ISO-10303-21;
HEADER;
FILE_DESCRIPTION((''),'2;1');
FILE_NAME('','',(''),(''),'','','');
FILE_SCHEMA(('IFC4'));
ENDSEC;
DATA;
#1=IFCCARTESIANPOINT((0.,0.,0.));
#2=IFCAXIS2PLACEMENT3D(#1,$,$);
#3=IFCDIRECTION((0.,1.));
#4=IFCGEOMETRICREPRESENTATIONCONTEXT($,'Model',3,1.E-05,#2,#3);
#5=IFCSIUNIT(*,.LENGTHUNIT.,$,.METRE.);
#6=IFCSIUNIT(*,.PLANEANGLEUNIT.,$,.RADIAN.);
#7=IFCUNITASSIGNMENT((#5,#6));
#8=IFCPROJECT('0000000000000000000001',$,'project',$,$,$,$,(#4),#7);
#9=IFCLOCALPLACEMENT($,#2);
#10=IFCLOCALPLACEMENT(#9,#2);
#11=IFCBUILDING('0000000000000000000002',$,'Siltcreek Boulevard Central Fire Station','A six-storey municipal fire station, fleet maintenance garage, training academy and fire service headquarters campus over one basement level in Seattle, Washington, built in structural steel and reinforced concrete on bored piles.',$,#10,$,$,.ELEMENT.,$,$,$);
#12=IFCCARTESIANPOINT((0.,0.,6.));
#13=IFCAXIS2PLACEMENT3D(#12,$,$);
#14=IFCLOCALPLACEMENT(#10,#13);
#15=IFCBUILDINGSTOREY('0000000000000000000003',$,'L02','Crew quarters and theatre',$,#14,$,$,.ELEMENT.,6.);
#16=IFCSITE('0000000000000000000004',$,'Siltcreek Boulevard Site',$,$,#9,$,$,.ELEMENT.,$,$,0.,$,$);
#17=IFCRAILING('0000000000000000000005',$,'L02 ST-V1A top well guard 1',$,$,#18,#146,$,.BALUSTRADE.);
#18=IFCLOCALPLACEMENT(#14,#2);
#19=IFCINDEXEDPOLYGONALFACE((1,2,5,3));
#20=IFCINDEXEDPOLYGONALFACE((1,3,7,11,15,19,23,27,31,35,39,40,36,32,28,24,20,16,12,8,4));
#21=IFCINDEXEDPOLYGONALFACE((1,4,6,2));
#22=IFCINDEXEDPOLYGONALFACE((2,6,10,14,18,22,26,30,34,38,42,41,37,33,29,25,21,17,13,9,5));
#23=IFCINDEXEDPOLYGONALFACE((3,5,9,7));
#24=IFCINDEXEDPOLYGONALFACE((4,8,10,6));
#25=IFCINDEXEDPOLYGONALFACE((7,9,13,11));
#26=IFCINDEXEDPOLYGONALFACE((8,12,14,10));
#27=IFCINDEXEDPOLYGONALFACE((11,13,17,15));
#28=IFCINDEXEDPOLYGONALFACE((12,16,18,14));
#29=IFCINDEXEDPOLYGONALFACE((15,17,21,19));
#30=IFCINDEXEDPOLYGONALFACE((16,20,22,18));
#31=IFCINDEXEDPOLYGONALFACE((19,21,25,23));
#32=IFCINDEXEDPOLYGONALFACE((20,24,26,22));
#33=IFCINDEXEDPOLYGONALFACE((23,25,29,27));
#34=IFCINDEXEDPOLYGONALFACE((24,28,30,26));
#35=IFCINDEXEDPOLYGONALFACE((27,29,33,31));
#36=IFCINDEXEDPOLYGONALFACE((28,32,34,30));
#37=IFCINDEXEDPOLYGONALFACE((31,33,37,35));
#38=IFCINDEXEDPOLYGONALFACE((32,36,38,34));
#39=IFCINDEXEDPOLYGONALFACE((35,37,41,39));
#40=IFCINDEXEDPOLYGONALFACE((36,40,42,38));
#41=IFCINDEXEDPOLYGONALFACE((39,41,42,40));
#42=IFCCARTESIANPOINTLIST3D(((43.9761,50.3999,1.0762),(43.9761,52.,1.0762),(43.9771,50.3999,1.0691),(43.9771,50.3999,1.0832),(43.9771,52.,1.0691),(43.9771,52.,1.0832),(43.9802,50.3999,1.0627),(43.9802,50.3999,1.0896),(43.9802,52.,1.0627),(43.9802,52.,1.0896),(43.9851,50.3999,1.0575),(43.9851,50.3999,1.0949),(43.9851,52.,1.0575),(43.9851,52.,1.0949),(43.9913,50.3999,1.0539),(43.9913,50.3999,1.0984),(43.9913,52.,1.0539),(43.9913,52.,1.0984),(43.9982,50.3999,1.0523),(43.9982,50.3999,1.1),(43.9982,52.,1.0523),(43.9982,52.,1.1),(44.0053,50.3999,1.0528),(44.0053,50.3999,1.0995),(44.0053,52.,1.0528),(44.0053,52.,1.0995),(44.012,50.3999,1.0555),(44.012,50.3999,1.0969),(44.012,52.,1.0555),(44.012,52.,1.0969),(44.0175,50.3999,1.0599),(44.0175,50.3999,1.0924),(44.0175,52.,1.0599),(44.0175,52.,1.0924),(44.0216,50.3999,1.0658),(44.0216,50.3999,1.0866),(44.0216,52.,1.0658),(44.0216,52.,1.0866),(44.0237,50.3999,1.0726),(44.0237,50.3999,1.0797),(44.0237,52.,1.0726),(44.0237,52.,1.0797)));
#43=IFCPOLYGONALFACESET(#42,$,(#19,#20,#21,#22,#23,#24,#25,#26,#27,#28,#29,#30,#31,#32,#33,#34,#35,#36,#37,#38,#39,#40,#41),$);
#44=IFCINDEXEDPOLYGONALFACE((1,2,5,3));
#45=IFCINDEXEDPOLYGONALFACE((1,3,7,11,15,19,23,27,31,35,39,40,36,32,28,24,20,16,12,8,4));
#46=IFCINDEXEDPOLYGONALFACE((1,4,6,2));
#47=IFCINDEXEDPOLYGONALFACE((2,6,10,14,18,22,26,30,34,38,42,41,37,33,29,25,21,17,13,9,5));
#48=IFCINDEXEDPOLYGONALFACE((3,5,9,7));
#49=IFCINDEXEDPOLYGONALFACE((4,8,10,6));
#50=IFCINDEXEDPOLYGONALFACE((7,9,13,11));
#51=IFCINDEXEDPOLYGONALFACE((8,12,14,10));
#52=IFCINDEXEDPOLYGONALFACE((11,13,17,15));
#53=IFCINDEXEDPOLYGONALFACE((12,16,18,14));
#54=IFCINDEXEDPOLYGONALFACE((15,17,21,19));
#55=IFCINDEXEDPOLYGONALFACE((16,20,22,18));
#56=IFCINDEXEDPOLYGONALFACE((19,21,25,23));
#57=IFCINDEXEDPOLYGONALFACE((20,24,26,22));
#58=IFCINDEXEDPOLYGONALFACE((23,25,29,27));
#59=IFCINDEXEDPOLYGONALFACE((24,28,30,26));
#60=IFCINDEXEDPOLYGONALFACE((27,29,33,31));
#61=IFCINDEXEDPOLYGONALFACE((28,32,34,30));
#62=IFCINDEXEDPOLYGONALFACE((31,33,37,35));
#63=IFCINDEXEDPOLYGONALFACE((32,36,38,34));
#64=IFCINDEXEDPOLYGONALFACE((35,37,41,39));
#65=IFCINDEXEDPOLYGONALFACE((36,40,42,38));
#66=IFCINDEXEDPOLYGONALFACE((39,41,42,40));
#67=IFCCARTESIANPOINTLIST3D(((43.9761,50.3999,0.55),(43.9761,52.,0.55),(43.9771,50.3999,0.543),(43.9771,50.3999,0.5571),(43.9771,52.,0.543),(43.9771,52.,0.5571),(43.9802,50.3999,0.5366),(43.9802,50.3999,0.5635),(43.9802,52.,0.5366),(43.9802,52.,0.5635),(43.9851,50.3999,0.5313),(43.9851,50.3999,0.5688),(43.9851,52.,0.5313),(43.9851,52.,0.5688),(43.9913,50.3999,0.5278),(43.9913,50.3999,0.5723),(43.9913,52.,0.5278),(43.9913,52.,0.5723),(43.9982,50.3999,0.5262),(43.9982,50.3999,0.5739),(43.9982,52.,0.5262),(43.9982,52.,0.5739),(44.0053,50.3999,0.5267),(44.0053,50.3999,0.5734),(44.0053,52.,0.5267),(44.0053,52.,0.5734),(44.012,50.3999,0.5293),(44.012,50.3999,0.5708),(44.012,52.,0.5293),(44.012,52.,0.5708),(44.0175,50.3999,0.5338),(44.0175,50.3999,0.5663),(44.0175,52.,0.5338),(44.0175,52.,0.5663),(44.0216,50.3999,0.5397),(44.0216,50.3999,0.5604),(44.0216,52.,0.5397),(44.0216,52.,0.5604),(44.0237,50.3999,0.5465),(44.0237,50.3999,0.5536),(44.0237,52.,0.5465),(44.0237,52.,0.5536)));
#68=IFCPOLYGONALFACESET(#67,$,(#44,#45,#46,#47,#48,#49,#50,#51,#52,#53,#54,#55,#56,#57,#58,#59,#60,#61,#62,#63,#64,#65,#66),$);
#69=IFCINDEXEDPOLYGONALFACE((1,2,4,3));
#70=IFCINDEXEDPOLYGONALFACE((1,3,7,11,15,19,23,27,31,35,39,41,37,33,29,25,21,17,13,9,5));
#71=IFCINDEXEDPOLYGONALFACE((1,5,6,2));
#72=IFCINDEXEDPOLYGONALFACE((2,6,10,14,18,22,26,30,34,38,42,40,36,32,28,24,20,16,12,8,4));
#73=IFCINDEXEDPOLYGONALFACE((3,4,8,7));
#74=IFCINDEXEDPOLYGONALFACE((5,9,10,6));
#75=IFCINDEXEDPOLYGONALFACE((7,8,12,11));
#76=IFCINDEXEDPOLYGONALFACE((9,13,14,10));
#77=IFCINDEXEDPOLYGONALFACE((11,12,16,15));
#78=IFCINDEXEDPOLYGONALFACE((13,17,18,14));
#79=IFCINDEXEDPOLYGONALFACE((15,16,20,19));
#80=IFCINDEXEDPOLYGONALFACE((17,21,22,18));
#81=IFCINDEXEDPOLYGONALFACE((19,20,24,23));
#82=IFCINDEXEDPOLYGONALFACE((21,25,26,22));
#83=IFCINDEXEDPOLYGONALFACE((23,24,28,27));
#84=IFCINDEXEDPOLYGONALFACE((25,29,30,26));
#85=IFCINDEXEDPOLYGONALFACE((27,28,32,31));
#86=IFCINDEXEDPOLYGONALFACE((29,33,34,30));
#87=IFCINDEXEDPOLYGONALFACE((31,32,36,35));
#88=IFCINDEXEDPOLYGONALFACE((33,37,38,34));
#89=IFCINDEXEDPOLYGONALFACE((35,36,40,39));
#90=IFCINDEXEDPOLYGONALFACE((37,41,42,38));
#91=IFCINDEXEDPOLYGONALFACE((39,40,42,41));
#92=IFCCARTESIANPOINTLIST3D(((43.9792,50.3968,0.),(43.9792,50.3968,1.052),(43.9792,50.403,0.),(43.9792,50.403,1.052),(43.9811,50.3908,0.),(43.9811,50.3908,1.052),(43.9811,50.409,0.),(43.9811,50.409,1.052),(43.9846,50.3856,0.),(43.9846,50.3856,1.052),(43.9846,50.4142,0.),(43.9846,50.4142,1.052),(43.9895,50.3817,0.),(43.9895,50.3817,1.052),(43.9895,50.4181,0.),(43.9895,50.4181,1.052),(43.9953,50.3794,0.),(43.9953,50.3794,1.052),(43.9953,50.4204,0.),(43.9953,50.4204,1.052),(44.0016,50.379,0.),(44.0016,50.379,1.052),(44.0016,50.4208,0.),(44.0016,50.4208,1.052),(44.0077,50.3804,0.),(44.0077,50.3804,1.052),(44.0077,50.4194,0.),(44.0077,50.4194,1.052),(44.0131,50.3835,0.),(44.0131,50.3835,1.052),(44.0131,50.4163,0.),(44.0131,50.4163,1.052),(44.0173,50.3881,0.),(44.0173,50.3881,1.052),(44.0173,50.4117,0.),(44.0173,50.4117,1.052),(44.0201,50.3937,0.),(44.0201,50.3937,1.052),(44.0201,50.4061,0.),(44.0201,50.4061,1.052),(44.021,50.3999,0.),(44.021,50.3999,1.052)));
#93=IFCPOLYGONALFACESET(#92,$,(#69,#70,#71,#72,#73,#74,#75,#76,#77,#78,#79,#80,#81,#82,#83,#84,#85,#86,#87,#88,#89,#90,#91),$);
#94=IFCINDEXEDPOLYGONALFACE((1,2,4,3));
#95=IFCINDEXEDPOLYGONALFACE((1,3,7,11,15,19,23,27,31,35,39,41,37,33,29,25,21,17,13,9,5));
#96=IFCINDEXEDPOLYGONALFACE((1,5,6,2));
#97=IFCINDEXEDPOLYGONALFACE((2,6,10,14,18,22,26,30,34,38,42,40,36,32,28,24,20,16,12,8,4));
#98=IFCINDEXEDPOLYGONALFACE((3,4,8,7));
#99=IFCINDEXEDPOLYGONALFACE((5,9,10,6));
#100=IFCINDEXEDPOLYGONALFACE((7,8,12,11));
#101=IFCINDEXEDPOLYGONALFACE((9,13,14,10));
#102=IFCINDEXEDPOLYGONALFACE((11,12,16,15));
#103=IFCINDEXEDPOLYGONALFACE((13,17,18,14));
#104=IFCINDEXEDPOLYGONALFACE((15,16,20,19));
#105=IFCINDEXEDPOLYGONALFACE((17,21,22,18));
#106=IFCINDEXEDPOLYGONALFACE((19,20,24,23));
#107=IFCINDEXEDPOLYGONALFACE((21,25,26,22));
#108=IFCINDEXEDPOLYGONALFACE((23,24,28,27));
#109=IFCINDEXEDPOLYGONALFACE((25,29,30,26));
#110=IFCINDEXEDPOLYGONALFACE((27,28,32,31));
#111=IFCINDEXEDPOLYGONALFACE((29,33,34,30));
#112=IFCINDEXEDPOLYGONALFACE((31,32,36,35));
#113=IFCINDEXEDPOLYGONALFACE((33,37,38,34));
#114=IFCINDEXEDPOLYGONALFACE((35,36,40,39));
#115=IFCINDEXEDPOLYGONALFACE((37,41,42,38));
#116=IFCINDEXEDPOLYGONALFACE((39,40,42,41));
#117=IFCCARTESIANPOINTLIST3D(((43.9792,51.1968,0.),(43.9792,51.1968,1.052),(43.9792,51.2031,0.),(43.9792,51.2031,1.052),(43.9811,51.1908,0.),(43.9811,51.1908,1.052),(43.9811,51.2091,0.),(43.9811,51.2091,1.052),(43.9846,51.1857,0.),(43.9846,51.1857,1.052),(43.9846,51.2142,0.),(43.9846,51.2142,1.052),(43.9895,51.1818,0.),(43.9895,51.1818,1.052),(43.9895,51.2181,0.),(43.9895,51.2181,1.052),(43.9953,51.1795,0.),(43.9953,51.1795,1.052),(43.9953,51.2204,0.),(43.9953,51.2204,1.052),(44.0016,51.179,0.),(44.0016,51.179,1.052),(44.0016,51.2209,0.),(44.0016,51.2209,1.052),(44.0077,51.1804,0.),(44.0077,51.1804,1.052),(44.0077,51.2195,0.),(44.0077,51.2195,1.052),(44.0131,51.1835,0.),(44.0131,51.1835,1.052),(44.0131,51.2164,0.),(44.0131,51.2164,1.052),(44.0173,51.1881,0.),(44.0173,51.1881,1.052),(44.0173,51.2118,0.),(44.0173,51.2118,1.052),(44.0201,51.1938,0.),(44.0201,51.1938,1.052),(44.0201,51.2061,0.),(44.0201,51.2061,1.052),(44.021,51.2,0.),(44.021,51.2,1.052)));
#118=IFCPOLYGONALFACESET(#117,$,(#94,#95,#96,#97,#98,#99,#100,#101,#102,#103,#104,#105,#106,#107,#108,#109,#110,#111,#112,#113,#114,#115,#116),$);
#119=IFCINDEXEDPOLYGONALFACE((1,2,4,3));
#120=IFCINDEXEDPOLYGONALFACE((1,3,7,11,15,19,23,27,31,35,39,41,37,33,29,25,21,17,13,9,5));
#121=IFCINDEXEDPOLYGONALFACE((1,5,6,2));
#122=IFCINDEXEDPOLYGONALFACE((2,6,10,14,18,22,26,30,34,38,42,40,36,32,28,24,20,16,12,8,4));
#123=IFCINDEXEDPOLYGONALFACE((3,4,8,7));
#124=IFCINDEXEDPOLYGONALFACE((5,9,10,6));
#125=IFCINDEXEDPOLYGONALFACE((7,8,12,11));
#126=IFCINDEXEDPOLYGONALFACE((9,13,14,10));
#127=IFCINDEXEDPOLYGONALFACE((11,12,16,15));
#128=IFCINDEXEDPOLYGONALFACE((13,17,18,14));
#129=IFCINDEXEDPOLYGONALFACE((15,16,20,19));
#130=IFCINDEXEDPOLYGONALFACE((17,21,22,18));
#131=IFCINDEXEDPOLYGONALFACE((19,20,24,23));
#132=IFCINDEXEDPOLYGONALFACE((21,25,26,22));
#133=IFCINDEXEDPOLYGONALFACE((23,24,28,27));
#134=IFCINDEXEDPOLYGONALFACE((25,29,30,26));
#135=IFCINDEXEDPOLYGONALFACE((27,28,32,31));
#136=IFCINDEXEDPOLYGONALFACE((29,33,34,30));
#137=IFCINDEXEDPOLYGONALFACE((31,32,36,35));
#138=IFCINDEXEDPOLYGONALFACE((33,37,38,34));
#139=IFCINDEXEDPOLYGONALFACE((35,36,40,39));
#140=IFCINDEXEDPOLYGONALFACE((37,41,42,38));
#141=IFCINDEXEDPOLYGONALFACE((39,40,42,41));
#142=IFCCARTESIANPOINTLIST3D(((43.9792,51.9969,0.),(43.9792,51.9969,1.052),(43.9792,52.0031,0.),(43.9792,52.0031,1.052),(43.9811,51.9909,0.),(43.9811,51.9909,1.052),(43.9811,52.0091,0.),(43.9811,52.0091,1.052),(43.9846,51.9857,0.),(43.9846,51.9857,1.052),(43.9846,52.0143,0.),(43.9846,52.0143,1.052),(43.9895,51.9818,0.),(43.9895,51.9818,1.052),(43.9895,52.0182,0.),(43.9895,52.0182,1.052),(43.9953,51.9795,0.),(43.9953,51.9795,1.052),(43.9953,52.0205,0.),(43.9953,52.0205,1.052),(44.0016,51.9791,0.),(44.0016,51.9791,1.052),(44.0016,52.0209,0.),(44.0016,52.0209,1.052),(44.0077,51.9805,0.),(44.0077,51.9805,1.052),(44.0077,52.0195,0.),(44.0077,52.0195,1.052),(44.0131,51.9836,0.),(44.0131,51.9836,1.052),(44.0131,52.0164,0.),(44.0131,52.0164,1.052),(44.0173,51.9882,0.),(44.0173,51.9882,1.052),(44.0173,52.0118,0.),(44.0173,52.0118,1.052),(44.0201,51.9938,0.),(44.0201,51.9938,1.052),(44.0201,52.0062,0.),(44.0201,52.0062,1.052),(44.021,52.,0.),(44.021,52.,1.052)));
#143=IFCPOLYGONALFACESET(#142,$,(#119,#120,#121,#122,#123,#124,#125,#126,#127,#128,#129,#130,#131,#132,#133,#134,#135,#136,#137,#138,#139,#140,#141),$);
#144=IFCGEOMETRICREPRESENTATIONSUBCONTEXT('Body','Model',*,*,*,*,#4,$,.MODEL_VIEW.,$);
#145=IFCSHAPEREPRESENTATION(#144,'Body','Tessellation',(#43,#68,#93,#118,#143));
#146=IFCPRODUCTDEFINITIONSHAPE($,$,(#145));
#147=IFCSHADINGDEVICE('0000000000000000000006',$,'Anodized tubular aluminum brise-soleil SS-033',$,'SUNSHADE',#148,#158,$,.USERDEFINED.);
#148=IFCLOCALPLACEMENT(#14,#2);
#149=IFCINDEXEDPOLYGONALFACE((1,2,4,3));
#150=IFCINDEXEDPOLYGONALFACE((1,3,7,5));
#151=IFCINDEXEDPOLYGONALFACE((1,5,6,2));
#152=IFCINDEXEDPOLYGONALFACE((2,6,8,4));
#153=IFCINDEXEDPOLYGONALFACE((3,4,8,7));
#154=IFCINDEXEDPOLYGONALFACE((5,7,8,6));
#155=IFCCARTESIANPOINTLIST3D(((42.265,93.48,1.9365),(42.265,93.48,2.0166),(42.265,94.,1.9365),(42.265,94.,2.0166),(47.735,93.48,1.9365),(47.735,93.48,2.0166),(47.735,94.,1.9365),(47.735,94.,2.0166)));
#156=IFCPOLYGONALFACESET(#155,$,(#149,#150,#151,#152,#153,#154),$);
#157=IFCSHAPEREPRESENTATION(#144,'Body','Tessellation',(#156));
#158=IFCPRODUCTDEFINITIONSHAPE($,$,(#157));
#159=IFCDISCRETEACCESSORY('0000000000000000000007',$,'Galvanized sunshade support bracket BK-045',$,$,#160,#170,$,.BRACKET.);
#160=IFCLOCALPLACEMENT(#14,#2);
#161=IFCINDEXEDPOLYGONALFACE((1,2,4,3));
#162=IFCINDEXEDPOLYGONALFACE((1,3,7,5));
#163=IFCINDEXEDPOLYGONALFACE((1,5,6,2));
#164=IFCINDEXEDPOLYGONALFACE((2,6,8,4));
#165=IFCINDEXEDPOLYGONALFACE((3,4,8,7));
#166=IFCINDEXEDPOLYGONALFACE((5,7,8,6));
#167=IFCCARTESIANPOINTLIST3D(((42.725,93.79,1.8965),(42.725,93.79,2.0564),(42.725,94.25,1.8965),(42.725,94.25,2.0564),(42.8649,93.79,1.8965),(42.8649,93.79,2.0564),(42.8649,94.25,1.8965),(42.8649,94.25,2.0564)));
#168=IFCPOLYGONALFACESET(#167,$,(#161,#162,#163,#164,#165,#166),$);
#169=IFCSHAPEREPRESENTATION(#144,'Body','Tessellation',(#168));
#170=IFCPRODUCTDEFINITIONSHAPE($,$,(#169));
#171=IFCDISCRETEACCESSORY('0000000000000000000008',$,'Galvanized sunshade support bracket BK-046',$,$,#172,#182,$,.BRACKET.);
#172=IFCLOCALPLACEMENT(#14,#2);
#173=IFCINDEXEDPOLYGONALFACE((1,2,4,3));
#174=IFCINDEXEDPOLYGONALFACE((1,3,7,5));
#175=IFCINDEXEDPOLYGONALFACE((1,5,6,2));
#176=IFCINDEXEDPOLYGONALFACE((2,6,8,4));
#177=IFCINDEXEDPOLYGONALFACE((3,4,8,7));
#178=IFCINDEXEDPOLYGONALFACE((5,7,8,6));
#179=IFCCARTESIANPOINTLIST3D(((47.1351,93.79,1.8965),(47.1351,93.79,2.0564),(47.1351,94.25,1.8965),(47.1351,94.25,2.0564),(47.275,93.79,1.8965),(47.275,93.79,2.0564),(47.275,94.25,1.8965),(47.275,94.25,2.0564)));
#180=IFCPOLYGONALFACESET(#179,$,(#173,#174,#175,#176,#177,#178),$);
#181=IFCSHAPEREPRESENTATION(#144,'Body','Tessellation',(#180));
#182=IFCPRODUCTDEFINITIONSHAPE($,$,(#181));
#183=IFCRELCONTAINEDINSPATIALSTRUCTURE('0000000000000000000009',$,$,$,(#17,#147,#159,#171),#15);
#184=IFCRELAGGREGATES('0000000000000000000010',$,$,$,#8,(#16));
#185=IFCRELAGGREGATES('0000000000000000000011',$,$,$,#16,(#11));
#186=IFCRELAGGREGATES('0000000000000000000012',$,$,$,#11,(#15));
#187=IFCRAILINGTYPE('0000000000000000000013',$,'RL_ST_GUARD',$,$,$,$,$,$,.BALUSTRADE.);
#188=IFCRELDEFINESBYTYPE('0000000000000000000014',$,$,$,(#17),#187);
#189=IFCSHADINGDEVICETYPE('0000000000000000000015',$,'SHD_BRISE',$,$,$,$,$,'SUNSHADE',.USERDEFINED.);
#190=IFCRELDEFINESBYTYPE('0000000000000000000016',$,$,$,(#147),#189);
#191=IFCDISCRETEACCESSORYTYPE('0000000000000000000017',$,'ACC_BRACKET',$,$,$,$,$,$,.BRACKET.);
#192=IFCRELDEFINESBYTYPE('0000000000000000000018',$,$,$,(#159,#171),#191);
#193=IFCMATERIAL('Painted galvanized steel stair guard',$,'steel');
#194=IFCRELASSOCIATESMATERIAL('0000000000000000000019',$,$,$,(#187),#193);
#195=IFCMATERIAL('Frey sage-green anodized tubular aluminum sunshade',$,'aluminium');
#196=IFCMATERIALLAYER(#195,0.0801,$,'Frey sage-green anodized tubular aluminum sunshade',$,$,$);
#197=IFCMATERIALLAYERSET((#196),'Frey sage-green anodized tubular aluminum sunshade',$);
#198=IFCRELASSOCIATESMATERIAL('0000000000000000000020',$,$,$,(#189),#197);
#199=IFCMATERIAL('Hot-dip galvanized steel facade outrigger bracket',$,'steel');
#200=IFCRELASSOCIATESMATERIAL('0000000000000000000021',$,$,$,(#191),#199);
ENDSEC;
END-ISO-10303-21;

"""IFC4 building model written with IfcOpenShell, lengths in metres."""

from ifc_helpers import new_model, si_unit, direction, frame, origin, origin_2d, place, context, subcontext, project, spatial, rectangle, circle, extrude, material, layer, layer_set, type_object, element, save


model = new_model("IFC4")

# Units and contexts
model_context = context("Model", 3, precision=1e-05, world=origin(), true_north=direction((0.0, 1.0)))
body_context = subcontext(model_context, "Body", "Model", "MODEL_VIEW")
ifc_project = project(units=[si_unit("LENGTHUNIT", "METRE"), si_unit("PLANEANGLEUNIT", "RADIAN")], contexts=[model_context])

# Site, building, storey
site_placement = place(None, origin())
site = spatial("IfcSite", under=ifc_project, at=site_placement, Name="Siltcreek Boulevard Site", CompositionType="ELEMENT", RefElevation=0.0)
building_placement = place(site_placement, origin())
building = spatial("IfcBuilding", under=site, at=building_placement, Name="Siltcreek Boulevard Central Fire Station", Description="A six-storey municipal fire station, fleet maintenance garage, training academy and fire service headquarters campus over one basement level in Seattle, Washington, built in structural steel and reinforced concrete on bored piles.", CompositionType="ELEMENT")
storey_placement = place(building_placement, frame((0.0, 0.0, 6.0)))
storey = spatial("IfcBuildingStorey", under=building, at=storey_placement, Name="L02", Description="Crew quarters and theatre", CompositionType="ELEMENT", Elevation=6.0)

# Railing
ifc_material_1 = material(Name="Painted galvanized steel stair guard", Category="steel")
railing_type = type_object("IfcRailingType", Name="RL_ST_GUARD", PredefinedType="BALUSTRADE", material=ifc_material_1)
railing_placement = place(storey_placement, frame((44.0, 50.3999, 0.0)))
element("IfcRailing", 1, at=railing_placement, inside=storey, type_object=railing_type, Name="L02 ST-V1A top well guard 1", PredefinedType="BALUSTRADE", context=body_context, shape_type="SweptSolid", body=[
    extrude(circle(Radius=0.0239, at=origin_2d()), frame((0.0, 0.0, 1.0762), z_axis=(0.0, 1.0, 0.0), x_axis=(-1.0, 0.0, 0.0)), (0.0, 0.0, 1.0), 1.6001),
    extrude(circle(Radius=0.0239, at=origin_2d()), frame((0.0, 0.0, 0.55), z_axis=(0.0, 1.0, 0.0), x_axis=(-1.0, 0.0, 0.0)), (0.0, 0.0, 1.0), 1.6001),
    extrude(circle(Radius=0.021, at=origin_2d()), origin(), (0.0, 0.0, 1.0), 1.052),
    extrude(circle(Radius=0.021, at=origin_2d()), frame((0.0, 0.8, 0.0)), (0.0, 0.0, 1.0), 1.052),
    extrude(circle(Radius=0.021, at=origin_2d()), frame((0.0, 1.6001, 0.0)), (0.0, 0.0, 1.0), 1.052),
])

# Shading device
ifc_material_2 = material(Name="Frey sage-green anodized tubular aluminum sunshade", Category="aluminium")
ifc_layer_1 = layer(ifc_material_2, 0.0801, Name="Frey sage-green anodized tubular aluminum sunshade")
ifc_layer_set_1 = layer_set([ifc_layer_1], Name="Frey sage-green anodized tubular aluminum sunshade")
shading_device_type = type_object("IfcShadingDeviceType", Name="SHD_BRISE", ElementType="SUNSHADE", PredefinedType="USERDEFINED", material=ifc_layer_set_1)
shading_device_placement = place(storey_placement, frame((45.0, 93.74, 1.9365), z_axis=(0.0, 0.0, 1.0), x_axis=(1.0, 0.0, 0.0)))
element("IfcShadingDevice", 2, at=shading_device_placement, inside=storey, type_object=shading_device_type, Name="Anodized tubular aluminum brise-soleil SS-033", ObjectType="SUNSHADE", PredefinedType="USERDEFINED", context=body_context, shape_type="SweptSolid", body=[
    extrude(rectangle(XDim=5.47, YDim=0.52, at=origin_2d()), origin(), (0.0, 0.0, 1.0), 0.0801),
])

# Discrete accessories
ifc_material_3 = material(Name="Hot-dip galvanized steel facade outrigger bracket", Category="steel")
discrete_accessory_type = type_object("IfcDiscreteAccessoryType", Name="ACC_BRACKET", PredefinedType="BRACKET", material=ifc_material_3)
for number, where, z_axis, x_axis, name in (
    (3, (42.7949, 94.02, 1.8965), (0.0, 0.0, 1.0), (1.0, 0.0, 0.0), "Galvanized sunshade support bracket BK-045"),
    (4, (47.2051, 94.02, 1.8965), (0.0, 0.0, 1.0), (1.0, 0.0, 0.0), "Galvanized sunshade support bracket BK-046"),
):
    element("IfcDiscreteAccessory", number, at=place(storey_placement, frame(where, z_axis=z_axis, x_axis=x_axis)), inside=storey, type_object=discrete_accessory_type, Name=name, PredefinedType="BRACKET", context=body_context, shape_type="SweptSolid", body=[
        extrude(rectangle(XDim=0.1399, YDim=0.46, at=origin_2d()), origin(), (0.0, 0.0, 1.0), 0.1599),
    ])

save(model, "model.ifc")
